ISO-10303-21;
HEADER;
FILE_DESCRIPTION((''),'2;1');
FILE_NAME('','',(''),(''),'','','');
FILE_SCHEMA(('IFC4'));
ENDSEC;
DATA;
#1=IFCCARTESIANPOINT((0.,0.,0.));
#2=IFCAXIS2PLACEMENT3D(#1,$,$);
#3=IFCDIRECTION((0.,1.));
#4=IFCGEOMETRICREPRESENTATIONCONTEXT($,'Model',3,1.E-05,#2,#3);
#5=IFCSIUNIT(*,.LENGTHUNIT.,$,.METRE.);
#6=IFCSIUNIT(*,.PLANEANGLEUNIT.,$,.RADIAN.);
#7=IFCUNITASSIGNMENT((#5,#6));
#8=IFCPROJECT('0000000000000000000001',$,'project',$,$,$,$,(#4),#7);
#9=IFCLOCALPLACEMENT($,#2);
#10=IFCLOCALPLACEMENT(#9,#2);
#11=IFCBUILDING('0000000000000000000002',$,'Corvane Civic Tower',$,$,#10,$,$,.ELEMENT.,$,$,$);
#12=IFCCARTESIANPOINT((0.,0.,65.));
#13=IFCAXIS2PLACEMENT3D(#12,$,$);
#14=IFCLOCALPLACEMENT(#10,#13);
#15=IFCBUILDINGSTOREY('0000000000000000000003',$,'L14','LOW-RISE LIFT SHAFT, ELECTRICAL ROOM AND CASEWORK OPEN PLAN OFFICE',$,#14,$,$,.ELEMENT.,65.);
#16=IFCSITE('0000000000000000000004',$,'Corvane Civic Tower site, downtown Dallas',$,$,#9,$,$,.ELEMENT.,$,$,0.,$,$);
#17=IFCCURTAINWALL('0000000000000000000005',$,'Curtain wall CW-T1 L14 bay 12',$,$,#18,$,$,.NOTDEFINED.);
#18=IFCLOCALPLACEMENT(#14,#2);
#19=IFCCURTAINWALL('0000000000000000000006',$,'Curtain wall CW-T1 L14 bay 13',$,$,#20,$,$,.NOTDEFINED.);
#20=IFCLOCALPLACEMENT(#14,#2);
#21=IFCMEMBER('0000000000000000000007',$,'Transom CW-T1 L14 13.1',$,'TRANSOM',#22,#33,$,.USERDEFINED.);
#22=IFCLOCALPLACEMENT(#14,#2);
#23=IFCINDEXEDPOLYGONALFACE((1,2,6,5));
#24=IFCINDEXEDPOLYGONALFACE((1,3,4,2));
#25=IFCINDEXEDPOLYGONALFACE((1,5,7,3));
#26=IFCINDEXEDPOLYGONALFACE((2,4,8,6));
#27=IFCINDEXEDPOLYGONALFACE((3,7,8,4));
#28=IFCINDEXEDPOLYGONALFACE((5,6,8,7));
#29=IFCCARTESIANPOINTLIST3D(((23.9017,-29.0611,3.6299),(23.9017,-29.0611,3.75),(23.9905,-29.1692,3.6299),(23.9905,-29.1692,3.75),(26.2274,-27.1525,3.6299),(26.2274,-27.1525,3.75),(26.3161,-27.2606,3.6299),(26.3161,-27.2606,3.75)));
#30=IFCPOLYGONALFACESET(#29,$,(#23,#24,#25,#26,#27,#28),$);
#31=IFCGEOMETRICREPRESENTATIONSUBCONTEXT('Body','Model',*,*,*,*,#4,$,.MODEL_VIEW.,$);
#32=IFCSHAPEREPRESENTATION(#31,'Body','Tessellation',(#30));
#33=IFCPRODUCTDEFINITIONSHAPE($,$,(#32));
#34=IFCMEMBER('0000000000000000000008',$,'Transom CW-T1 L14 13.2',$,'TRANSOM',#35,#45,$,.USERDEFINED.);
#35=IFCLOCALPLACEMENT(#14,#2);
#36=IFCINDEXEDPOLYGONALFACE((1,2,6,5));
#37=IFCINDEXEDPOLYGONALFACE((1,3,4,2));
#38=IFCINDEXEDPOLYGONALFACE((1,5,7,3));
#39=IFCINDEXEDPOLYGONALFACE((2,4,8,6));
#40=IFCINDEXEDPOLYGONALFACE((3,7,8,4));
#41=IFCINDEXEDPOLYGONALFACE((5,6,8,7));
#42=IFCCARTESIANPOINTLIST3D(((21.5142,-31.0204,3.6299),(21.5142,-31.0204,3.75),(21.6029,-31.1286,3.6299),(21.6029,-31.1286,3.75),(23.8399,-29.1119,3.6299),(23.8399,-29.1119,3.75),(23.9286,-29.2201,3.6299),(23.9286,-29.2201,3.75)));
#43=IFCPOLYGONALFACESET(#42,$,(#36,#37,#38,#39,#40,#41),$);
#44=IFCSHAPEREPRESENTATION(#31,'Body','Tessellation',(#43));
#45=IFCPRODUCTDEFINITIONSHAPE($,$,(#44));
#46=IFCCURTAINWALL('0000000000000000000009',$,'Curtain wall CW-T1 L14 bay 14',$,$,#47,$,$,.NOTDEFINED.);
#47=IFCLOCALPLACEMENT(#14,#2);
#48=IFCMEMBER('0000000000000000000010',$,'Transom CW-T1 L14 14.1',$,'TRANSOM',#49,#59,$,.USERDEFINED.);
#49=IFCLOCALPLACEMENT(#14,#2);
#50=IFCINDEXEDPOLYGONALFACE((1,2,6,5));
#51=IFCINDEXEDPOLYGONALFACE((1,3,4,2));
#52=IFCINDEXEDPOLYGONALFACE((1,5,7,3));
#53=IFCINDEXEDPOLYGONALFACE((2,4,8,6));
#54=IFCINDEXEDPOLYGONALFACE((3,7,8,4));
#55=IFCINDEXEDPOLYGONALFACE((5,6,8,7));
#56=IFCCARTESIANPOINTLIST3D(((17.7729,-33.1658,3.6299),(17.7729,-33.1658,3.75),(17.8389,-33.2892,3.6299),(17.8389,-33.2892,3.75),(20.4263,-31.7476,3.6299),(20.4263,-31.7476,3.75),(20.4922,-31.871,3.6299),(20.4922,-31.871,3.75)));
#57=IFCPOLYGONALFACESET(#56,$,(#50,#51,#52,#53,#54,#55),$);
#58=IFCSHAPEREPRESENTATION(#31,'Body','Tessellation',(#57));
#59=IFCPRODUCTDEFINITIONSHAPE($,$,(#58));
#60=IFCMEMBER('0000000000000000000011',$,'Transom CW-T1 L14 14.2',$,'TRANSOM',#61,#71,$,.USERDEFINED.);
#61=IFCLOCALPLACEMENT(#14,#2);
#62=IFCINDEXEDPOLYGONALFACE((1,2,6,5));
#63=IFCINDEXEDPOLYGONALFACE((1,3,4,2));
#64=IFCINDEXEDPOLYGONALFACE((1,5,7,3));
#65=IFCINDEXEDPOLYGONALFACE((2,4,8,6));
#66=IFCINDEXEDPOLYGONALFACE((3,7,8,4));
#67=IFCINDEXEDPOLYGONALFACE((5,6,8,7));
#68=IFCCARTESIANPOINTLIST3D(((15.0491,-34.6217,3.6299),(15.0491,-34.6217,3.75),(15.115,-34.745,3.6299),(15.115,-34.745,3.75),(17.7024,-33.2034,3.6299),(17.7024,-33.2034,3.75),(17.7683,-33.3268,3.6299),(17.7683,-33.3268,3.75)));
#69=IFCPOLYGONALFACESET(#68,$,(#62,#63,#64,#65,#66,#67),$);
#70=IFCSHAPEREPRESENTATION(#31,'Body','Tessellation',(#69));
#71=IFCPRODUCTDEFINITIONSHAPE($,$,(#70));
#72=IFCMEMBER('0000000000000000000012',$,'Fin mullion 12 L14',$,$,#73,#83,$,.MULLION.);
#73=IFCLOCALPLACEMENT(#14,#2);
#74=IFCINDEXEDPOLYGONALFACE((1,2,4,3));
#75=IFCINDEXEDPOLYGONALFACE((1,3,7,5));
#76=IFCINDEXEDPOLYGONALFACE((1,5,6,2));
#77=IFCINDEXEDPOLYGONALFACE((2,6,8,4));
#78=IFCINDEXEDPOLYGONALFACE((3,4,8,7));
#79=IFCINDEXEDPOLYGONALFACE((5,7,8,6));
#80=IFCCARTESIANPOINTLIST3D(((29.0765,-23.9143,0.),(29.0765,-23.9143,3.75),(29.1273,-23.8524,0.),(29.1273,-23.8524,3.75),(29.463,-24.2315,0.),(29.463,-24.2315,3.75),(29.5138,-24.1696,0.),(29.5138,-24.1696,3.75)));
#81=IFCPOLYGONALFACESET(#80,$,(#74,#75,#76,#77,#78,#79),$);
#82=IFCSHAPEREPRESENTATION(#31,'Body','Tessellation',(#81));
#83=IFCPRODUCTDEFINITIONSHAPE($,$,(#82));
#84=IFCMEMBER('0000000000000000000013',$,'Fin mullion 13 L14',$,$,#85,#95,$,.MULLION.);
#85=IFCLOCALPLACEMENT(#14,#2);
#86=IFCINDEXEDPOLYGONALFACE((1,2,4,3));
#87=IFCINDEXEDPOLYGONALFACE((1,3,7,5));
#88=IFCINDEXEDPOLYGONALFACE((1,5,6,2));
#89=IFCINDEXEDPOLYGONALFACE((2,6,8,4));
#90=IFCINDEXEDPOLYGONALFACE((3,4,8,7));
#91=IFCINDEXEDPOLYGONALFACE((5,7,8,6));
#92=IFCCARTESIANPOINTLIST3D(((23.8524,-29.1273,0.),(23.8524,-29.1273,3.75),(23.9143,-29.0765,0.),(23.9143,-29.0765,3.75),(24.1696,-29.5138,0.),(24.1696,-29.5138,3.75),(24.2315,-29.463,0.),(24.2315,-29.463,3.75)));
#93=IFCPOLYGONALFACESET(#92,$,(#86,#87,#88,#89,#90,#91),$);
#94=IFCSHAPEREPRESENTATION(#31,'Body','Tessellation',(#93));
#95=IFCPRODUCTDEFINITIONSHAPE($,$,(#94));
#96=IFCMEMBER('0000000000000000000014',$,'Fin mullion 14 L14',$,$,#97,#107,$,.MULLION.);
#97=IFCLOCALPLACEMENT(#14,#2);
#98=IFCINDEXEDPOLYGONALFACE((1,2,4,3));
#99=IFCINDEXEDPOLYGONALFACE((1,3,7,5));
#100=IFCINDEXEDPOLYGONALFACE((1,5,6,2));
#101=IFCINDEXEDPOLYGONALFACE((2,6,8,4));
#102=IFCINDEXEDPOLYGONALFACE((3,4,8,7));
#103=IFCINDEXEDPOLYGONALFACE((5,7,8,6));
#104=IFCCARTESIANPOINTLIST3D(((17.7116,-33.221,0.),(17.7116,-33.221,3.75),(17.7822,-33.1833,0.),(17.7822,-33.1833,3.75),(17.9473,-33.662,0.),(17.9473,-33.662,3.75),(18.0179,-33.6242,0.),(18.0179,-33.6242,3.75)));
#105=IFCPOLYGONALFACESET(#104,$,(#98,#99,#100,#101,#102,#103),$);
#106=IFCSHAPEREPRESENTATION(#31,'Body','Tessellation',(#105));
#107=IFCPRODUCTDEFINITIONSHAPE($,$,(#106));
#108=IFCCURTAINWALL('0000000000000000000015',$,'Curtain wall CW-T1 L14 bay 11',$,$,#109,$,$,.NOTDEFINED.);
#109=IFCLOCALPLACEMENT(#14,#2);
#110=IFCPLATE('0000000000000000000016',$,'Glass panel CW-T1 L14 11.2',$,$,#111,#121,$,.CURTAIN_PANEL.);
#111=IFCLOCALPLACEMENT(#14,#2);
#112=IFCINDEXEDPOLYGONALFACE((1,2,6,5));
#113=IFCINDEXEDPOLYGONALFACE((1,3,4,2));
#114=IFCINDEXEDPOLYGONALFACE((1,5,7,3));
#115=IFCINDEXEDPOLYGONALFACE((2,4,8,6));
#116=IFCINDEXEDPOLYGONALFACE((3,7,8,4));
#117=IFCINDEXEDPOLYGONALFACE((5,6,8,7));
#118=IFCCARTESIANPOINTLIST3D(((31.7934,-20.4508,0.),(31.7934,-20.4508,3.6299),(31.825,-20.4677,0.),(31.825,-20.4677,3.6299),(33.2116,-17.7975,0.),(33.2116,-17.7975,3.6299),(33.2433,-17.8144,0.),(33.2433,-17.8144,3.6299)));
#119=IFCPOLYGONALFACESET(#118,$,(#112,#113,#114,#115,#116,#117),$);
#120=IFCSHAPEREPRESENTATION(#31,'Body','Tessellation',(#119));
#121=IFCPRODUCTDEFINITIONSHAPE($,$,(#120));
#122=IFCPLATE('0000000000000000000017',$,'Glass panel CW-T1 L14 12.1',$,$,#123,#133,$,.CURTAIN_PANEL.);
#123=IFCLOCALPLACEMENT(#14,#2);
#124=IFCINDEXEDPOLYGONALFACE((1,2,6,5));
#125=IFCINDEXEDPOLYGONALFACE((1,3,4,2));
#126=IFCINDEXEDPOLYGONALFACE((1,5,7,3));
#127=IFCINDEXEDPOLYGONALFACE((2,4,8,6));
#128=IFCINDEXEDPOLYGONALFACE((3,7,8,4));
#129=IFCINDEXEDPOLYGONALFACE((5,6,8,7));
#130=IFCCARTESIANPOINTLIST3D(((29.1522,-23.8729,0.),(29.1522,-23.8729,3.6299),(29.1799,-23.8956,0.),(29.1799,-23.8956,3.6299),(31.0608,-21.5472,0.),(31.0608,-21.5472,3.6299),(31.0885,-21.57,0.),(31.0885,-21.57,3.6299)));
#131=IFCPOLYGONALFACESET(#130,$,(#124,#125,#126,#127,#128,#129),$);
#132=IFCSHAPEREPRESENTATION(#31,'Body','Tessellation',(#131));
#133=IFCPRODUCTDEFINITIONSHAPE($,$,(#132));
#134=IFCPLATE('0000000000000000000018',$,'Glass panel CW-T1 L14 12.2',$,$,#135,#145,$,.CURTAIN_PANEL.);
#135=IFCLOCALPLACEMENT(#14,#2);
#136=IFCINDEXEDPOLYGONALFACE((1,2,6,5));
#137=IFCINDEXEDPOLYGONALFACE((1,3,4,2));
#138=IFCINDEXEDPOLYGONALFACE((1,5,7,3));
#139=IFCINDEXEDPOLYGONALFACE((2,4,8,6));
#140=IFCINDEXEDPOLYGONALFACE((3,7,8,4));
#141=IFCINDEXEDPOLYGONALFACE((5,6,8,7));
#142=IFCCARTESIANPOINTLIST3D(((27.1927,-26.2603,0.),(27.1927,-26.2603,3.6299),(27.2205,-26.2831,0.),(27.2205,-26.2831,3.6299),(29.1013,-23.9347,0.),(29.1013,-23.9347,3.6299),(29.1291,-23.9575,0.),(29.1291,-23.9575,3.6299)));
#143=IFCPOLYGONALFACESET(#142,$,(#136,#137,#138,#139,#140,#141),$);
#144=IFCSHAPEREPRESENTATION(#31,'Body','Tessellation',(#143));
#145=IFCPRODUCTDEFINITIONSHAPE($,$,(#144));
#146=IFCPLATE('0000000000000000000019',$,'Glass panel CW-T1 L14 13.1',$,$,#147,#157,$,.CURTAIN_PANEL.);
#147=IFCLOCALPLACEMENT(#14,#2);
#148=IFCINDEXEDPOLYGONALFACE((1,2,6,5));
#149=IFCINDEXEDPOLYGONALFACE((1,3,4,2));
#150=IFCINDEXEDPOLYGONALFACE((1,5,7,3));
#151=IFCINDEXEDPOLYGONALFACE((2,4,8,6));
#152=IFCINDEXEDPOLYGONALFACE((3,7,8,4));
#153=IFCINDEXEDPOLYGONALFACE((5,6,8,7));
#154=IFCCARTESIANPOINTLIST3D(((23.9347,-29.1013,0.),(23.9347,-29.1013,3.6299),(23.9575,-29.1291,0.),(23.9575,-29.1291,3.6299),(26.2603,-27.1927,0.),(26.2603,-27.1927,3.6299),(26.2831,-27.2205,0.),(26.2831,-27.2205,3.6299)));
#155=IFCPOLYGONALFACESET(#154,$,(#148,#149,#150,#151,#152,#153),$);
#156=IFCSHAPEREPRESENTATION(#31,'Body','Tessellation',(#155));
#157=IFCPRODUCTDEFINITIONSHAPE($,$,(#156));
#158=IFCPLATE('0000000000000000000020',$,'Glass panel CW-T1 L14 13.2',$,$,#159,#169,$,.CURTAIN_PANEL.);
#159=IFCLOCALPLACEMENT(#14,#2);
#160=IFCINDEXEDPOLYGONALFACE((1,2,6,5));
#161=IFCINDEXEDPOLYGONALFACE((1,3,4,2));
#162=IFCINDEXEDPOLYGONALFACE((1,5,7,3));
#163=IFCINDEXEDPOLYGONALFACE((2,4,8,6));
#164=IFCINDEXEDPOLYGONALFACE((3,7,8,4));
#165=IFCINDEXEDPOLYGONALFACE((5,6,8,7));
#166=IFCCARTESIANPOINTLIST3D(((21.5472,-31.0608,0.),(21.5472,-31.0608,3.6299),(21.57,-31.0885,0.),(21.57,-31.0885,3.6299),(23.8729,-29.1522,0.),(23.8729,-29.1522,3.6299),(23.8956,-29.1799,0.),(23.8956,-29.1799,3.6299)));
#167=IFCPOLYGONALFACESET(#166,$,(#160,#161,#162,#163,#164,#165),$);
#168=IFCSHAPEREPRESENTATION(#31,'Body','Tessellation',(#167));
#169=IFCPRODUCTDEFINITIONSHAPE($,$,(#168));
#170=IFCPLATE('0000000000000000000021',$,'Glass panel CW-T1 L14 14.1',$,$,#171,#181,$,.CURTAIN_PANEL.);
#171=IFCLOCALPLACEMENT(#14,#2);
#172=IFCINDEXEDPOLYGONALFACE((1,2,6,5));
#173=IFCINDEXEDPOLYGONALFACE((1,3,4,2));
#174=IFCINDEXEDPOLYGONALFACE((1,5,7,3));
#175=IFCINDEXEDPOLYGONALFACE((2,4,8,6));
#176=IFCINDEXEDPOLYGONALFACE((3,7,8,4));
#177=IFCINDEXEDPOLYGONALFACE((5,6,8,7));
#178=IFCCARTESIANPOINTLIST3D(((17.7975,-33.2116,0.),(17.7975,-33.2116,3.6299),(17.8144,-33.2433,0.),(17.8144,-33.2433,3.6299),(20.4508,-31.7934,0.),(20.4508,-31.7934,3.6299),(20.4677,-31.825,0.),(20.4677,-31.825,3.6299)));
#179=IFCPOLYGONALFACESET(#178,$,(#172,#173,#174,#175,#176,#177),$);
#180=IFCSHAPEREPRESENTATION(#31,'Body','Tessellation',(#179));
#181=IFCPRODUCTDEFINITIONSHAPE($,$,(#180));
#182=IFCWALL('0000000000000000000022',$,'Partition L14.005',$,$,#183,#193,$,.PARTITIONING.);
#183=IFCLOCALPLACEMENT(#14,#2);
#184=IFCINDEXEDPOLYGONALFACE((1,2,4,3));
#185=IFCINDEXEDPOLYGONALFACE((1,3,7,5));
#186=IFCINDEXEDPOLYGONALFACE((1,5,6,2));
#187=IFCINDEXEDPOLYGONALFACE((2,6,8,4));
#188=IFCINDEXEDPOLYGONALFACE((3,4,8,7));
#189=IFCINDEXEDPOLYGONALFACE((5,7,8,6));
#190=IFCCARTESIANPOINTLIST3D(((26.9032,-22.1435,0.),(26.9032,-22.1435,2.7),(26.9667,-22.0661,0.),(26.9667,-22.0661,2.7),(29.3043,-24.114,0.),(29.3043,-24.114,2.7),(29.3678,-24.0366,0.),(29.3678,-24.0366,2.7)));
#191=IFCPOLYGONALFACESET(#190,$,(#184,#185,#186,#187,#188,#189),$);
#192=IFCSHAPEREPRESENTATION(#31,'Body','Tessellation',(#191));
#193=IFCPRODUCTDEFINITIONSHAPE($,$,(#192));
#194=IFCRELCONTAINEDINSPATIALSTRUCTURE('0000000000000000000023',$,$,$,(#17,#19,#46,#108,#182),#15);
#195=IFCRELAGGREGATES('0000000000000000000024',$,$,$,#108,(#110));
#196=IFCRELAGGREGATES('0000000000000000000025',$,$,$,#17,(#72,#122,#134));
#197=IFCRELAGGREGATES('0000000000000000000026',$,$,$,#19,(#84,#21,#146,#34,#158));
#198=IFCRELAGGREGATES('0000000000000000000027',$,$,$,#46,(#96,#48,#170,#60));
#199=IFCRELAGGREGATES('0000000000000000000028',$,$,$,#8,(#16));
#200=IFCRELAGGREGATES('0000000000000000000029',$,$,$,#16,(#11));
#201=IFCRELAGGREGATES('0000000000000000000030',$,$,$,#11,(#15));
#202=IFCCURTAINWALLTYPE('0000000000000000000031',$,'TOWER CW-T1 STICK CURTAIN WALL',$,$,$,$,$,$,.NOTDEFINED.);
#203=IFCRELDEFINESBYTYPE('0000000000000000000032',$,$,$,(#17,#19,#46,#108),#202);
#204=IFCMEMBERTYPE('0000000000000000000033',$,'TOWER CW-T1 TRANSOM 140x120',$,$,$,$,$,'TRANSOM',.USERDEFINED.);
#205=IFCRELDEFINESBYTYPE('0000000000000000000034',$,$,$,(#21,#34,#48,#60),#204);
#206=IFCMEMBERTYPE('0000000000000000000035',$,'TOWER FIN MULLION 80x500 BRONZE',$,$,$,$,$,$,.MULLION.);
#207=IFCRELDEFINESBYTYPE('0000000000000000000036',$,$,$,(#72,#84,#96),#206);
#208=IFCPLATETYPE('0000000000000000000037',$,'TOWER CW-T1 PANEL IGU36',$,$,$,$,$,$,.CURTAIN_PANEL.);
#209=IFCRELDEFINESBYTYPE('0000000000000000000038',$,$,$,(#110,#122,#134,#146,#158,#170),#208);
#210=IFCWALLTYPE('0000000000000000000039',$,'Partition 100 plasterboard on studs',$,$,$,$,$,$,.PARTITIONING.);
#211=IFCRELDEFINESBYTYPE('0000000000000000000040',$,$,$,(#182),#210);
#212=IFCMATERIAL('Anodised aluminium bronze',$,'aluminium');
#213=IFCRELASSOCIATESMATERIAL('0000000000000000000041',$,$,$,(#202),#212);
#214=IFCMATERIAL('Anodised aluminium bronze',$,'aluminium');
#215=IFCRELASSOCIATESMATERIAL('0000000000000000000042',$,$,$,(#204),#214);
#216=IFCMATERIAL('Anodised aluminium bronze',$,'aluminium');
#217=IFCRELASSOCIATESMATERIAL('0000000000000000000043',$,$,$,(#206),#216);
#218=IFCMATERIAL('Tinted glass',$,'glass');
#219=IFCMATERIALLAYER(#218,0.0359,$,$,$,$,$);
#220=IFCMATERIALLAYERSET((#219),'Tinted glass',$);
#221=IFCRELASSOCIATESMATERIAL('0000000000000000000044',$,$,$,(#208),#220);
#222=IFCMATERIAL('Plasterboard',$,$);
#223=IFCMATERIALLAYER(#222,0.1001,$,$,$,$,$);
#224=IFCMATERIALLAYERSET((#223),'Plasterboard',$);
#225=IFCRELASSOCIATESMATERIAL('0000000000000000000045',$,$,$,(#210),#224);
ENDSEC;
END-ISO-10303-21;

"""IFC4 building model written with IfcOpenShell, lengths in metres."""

from ifc_helpers import new_model, si_unit, direction, frame, frame_2d, origin, origin_2d, place, context, subcontext, project, spatial, rectangle, extrude, material, layer, layer_set, material_profile, profile_set, type_object, element, aggregate, save


model = new_model("IFC4")

# Units and contexts
model_context = context("Model", 3, precision=1e-05, world=origin(), true_north=direction((0.0, 1.0)))
body_context = subcontext(model_context, "Body", "Model", "MODEL_VIEW")
ifc_project = project(units=[si_unit("LENGTHUNIT", "METRE"), si_unit("PLANEANGLEUNIT", "RADIAN")], contexts=[model_context])

# Site, building, storey
site_placement = place(None, origin())
site = spatial("IfcSite", under=ifc_project, at=site_placement, Name="Corvane Civic Tower site, downtown Dallas", CompositionType="ELEMENT", RefElevation=0.0)
building_placement = place(site_placement, origin())
building = spatial("IfcBuilding", under=site, at=building_placement, Name="Corvane Civic Tower", CompositionType="ELEMENT")
storey_placement = place(building_placement, frame((0.0, 0.0, 65.0)))
storey = spatial("IfcBuildingStorey", under=building, at=storey_placement, Name="L14", Description="LOW-RISE LIFT SHAFT, ELECTRICAL ROOM AND CASEWORK OPEN PLAN OFFICE", CompositionType="ELEMENT", Elevation=65.0)

# Curtain walls, members
ifc_material_1 = material(Name="Anodised aluminium bronze", Category="aluminium")
curtain_wall_type = type_object("IfcCurtainWallType", Name="TOWER CW-T1 STICK CURTAIN WALL", PredefinedType="NOTDEFINED", material=ifc_material_1)
curtain_wall_1_placement = place(storey_placement, origin())
curtain_wall_1 = element("IfcCurtainWall", 1, at=curtain_wall_1_placement, inside=storey, type_object=curtain_wall_type, Name="Curtain wall CW-T1 L14 bay 12", PredefinedType="NOTDEFINED")
ifc_material_2 = material(Name="Anodised aluminium bronze", Category="aluminium")
ifc_material_profile_1 = material_profile(ifc_material_2, rectangle(XDim=0.1399, YDim=0.1201, at=origin_2d()), Name="TOWER CW-T1 TRANSOM 140x120")
ifc_profile_set_1 = profile_set([ifc_material_profile_1], Name="Anodised aluminium bronze")
member_type_1 = type_object("IfcMemberType", Name="TOWER CW-T1 TRANSOM 140x120", ElementType="TRANSOM", PredefinedType="USERDEFINED", material=ifc_profile_set_1)
curtain_wall_2_placement = place(storey_placement, origin())
curtain_wall_2 = element("IfcCurtainWall", 2, at=curtain_wall_2_placement, inside=storey, type_object=curtain_wall_type, Name="Curtain wall CW-T1 L14 bay 13", PredefinedType="NOTDEFINED")
member_1_placement = place(storey_placement, frame((26.2717, -27.2065, 3.6899), z_axis=(-0.773002, -0.634404, 0.0), x_axis=(0.634404, -0.773002, 0.0)))
member_1 = element("IfcMember", 3, at=member_1_placement, type_object=member_type_1, Name="Transom CW-T1 L14 13.1", ObjectType="TRANSOM", PredefinedType="USERDEFINED", context=body_context, shape_type="SweptSolid", body=[
    extrude(rectangle(XDim=0.1399, YDim=0.1201, at=origin_2d()), origin(), (0.0, 0.0, 1.0), 3.0085),
])
member_2_placement = place(storey_placement, frame((23.8843, -29.166, 3.6899), z_axis=(-0.773042, -0.634355, 0.0), x_axis=(0.634355, -0.773042, 0.0)))
member_2 = element("IfcMember", 4, at=member_2_placement, type_object=member_type_1, Name="Transom CW-T1 L14 13.2", ObjectType="TRANSOM", PredefinedType="USERDEFINED", context=body_context, shape_type="SweptSolid", body=[
    extrude(rectangle(XDim=0.1399, YDim=0.1201, at=origin_2d()), origin(), (0.0, 0.0, 1.0), 3.0085),
])
curtain_wall_3_placement = place(storey_placement, origin())
curtain_wall_3 = element("IfcCurtainWall", 5, at=curtain_wall_3_placement, inside=storey, type_object=curtain_wall_type, Name="Curtain wall CW-T1 L14 bay 14", PredefinedType="NOTDEFINED")
member_3_placement = place(storey_placement, frame((20.4592, -31.8093, 3.6899), z_axis=(-0.881924, -0.471393, 0.0), x_axis=(0.471393, -0.881924, 0.0)))
member_3 = element("IfcMember", 6, at=member_3_placement, type_object=member_type_1, Name="Transom CW-T1 L14 14.1", ObjectType="TRANSOM", PredefinedType="USERDEFINED", context=body_context, shape_type="SweptSolid", body=[
    extrude(rectangle(XDim=0.1399, YDim=0.1201, at=origin_2d()), origin(), (0.0, 0.0, 1.0), 3.0085),
])
member_4_placement = place(storey_placement, frame((17.7354, -33.2651, 3.6899), z_axis=(-0.881924, -0.471393, 0.0), x_axis=(0.471393, -0.881924, 0.0)))
member_4 = element("IfcMember", 7, at=member_4_placement, type_object=member_type_1, Name="Transom CW-T1 L14 14.2", ObjectType="TRANSOM", PredefinedType="USERDEFINED", context=body_context, shape_type="SweptSolid", body=[
    extrude(rectangle(XDim=0.1399, YDim=0.1201, at=origin_2d()), origin(), (0.0, 0.0, 1.0), 3.0085),
])

# Members
ifc_material_3 = material(Name="Anodised aluminium bronze", Category="aluminium")
ifc_material_profile_2 = material_profile(ifc_material_3, rectangle(XDim=0.0801, YDim=0.5, at=origin_2d()), Name="TOWER FIN MULLION 80x500 BRONZE")
ifc_profile_set_2 = profile_set([ifc_material_profile_2], Name="Anodised aluminium bronze")
member_type_2 = type_object("IfcMemberType", Name="TOWER FIN MULLION 80x500 BRONZE", PredefinedType="MULLION", material=ifc_profile_set_2)
member_5_placement = place(storey_placement, frame((29.2952, -24.042, 0.0), z_axis=(0.0, 0.0, 1.0), x_axis=(-0.634397, -0.773007, 0.0)))
member_5 = element("IfcMember", 8, at=member_5_placement, type_object=member_type_2, Name="Fin mullion 12 L14", PredefinedType="MULLION", context=body_context, shape_type="SweptSolid", body=[
    extrude(rectangle(XDim=0.0801, YDim=0.5, at=origin_2d()), origin(), (0.0, 0.0, 1.0), 3.75),
])
member_6_placement = place(storey_placement, frame((24.042, -29.2952, 0.0), z_axis=(0.0, 0.0, 1.0), x_axis=(-0.773007, -0.634397, 0.0)))
member_6 = element("IfcMember", 9, at=member_6_placement, type_object=member_type_2, Name="Fin mullion 13 L14", PredefinedType="MULLION", context=body_context, shape_type="SweptSolid", body=[
    extrude(rectangle(XDim=0.0801, YDim=0.5, at=origin_2d()), origin(), (0.0, 0.0, 1.0), 3.75),
])
member_7_placement = place(storey_placement, frame((17.8647, -33.4226, 0.0), z_axis=(0.0, 0.0, 1.0), x_axis=(-0.881918, -0.471404, 0.0)))
member_7 = element("IfcMember", 10, at=member_7_placement, type_object=member_type_2, Name="Fin mullion 14 L14", PredefinedType="MULLION", context=body_context, shape_type="SweptSolid", body=[
    extrude(rectangle(XDim=0.0801, YDim=0.5, at=origin_2d()), origin(), (0.0, 0.0, 1.0), 3.75),
])

# Curtain wall, plate
curtain_wall_4_placement = place(storey_placement, origin())
curtain_wall_4 = element("IfcCurtainWall", 11, at=curtain_wall_4_placement, inside=storey, type_object=curtain_wall_type, Name="Curtain wall CW-T1 L14 bay 11", PredefinedType="NOTDEFINED")
ifc_material_4 = material(Name="Tinted glass", Category="glass")
ifc_layer_1 = layer(ifc_material_4, 0.0359)
ifc_layer_set_1 = layer_set([ifc_layer_1], Name="Tinted glass")
plate_type = type_object("IfcPlateType", Name="TOWER CW-T1 PANEL IGU36", PredefinedType="CURTAIN_PANEL", material=ifc_layer_set_1)
plate_1_placement = place(storey_placement, frame((32.5183, -19.1326, 0.0), z_axis=(0.0, 0.0, 1.0), x_axis=(-0.471404, -0.881918, 0.0)))
plate_1 = element("IfcPlate", 12, at=plate_1_placement, type_object=plate_type, Name="Glass panel CW-T1 L14 11.2", PredefinedType="CURTAIN_PANEL", context=body_context, shape_type="SweptSolid", body=[
    extrude(rectangle(XDim=3.0085, YDim=0.0359, at=origin_2d()), origin(), (0.0, 0.0, 1.0), 3.6299),
])
aggregate(curtain_wall_4, [plate_1])

# Plates
plate_2_placement = place(storey_placement, frame((30.1204, -22.7214, 0.0), z_axis=(0.0, 0.0, 1.0), x_axis=(-0.634397, -0.773007, 0.0)))
plate_2 = element("IfcPlate", 13, at=plate_2_placement, type_object=plate_type, Name="Glass panel CW-T1 L14 12.1", PredefinedType="CURTAIN_PANEL", context=body_context, shape_type="SweptSolid", body=[
    extrude(rectangle(XDim=3.0085, YDim=0.0359, at=origin_2d()), origin(), (0.0, 0.0, 1.0), 3.6299),
])
plate_3_placement = place(storey_placement, frame((28.1609, -25.1089, 0.0), z_axis=(0.0, 0.0, 1.0), x_axis=(-0.634397, -0.773007, 0.0)))
plate_3 = element("IfcPlate", 14, at=plate_3_placement, type_object=plate_type, Name="Glass panel CW-T1 L14 12.2", PredefinedType="CURTAIN_PANEL", context=body_context, shape_type="SweptSolid", body=[
    extrude(rectangle(XDim=3.0085, YDim=0.0359, at=origin_2d()), origin(), (0.0, 0.0, 1.0), 3.6299),
])
aggregate(curtain_wall_1, [member_5, plate_2, plate_3])
plate_4_placement = place(storey_placement, frame((25.1089, -28.1609, 0.0), z_axis=(0.0, 0.0, 1.0), x_axis=(-0.773007, -0.634397, 0.0)))
plate_4 = element("IfcPlate", 15, at=plate_4_placement, type_object=plate_type, Name="Glass panel CW-T1 L14 13.1", PredefinedType="CURTAIN_PANEL", context=body_context, shape_type="SweptSolid", body=[
    extrude(rectangle(XDim=3.0085, YDim=0.0359, at=origin_2d()), origin(), (0.0, 0.0, 1.0), 3.6299),
])
plate_5_placement = place(storey_placement, frame((22.7214, -30.1204, 0.0), z_axis=(0.0, 0.0, 1.0), x_axis=(-0.773007, -0.634397, 0.0)))
plate_5 = element("IfcPlate", 16, at=plate_5_placement, type_object=plate_type, Name="Glass panel CW-T1 L14 13.2", PredefinedType="CURTAIN_PANEL", context=body_context, shape_type="SweptSolid", body=[
    extrude(rectangle(XDim=3.0085, YDim=0.0359, at=origin_2d()), origin(), (0.0, 0.0, 1.0), 3.6299),
])
aggregate(curtain_wall_2, [member_6, member_1, plate_4, member_2, plate_5])
plate_6_placement = place(storey_placement, frame((19.1326, -32.5183, 0.0), z_axis=(0.0, 0.0, 1.0), x_axis=(-0.881918, -0.471404, 0.0)))
plate_6 = element("IfcPlate", 17, at=plate_6_placement, type_object=plate_type, Name="Glass panel CW-T1 L14 14.1", PredefinedType="CURTAIN_PANEL", context=body_context, shape_type="SweptSolid", body=[
    extrude(rectangle(XDim=3.0085, YDim=0.0359, at=origin_2d()), origin(), (0.0, 0.0, 1.0), 3.6299),
])
aggregate(curtain_wall_3, [member_7, member_3, plate_6, member_4])

# Wall
ifc_material_5 = material(Name="Plasterboard")
ifc_layer_2 = layer(ifc_material_5, 0.1001)
ifc_layer_set_2 = layer_set([ifc_layer_2], Name="Plasterboard")
wall_type = type_object("IfcWallType", Name="Partition 100 plasterboard on studs", PredefinedType="PARTITIONING", material=ifc_layer_set_2)
wall_placement = place(storey_placement, frame((26.9348, -22.1047, 0.0), z_axis=(0.0, 0.0, 1.0), x_axis=(0.773025, -0.634376, 0.0)))
element("IfcWall", 18, at=wall_placement, inside=storey, type_object=wall_type, Name="Partition L14.005", PredefinedType="PARTITIONING", context=body_context, shape_type="SweptSolid", body=[
    extrude(rectangle(XDim=3.1062, YDim=0.1001, at=frame_2d((1.5532, 0.0))), origin(), (0.0, 0.0, 1.0), 2.7),
])

save(model, "model.ifc")
